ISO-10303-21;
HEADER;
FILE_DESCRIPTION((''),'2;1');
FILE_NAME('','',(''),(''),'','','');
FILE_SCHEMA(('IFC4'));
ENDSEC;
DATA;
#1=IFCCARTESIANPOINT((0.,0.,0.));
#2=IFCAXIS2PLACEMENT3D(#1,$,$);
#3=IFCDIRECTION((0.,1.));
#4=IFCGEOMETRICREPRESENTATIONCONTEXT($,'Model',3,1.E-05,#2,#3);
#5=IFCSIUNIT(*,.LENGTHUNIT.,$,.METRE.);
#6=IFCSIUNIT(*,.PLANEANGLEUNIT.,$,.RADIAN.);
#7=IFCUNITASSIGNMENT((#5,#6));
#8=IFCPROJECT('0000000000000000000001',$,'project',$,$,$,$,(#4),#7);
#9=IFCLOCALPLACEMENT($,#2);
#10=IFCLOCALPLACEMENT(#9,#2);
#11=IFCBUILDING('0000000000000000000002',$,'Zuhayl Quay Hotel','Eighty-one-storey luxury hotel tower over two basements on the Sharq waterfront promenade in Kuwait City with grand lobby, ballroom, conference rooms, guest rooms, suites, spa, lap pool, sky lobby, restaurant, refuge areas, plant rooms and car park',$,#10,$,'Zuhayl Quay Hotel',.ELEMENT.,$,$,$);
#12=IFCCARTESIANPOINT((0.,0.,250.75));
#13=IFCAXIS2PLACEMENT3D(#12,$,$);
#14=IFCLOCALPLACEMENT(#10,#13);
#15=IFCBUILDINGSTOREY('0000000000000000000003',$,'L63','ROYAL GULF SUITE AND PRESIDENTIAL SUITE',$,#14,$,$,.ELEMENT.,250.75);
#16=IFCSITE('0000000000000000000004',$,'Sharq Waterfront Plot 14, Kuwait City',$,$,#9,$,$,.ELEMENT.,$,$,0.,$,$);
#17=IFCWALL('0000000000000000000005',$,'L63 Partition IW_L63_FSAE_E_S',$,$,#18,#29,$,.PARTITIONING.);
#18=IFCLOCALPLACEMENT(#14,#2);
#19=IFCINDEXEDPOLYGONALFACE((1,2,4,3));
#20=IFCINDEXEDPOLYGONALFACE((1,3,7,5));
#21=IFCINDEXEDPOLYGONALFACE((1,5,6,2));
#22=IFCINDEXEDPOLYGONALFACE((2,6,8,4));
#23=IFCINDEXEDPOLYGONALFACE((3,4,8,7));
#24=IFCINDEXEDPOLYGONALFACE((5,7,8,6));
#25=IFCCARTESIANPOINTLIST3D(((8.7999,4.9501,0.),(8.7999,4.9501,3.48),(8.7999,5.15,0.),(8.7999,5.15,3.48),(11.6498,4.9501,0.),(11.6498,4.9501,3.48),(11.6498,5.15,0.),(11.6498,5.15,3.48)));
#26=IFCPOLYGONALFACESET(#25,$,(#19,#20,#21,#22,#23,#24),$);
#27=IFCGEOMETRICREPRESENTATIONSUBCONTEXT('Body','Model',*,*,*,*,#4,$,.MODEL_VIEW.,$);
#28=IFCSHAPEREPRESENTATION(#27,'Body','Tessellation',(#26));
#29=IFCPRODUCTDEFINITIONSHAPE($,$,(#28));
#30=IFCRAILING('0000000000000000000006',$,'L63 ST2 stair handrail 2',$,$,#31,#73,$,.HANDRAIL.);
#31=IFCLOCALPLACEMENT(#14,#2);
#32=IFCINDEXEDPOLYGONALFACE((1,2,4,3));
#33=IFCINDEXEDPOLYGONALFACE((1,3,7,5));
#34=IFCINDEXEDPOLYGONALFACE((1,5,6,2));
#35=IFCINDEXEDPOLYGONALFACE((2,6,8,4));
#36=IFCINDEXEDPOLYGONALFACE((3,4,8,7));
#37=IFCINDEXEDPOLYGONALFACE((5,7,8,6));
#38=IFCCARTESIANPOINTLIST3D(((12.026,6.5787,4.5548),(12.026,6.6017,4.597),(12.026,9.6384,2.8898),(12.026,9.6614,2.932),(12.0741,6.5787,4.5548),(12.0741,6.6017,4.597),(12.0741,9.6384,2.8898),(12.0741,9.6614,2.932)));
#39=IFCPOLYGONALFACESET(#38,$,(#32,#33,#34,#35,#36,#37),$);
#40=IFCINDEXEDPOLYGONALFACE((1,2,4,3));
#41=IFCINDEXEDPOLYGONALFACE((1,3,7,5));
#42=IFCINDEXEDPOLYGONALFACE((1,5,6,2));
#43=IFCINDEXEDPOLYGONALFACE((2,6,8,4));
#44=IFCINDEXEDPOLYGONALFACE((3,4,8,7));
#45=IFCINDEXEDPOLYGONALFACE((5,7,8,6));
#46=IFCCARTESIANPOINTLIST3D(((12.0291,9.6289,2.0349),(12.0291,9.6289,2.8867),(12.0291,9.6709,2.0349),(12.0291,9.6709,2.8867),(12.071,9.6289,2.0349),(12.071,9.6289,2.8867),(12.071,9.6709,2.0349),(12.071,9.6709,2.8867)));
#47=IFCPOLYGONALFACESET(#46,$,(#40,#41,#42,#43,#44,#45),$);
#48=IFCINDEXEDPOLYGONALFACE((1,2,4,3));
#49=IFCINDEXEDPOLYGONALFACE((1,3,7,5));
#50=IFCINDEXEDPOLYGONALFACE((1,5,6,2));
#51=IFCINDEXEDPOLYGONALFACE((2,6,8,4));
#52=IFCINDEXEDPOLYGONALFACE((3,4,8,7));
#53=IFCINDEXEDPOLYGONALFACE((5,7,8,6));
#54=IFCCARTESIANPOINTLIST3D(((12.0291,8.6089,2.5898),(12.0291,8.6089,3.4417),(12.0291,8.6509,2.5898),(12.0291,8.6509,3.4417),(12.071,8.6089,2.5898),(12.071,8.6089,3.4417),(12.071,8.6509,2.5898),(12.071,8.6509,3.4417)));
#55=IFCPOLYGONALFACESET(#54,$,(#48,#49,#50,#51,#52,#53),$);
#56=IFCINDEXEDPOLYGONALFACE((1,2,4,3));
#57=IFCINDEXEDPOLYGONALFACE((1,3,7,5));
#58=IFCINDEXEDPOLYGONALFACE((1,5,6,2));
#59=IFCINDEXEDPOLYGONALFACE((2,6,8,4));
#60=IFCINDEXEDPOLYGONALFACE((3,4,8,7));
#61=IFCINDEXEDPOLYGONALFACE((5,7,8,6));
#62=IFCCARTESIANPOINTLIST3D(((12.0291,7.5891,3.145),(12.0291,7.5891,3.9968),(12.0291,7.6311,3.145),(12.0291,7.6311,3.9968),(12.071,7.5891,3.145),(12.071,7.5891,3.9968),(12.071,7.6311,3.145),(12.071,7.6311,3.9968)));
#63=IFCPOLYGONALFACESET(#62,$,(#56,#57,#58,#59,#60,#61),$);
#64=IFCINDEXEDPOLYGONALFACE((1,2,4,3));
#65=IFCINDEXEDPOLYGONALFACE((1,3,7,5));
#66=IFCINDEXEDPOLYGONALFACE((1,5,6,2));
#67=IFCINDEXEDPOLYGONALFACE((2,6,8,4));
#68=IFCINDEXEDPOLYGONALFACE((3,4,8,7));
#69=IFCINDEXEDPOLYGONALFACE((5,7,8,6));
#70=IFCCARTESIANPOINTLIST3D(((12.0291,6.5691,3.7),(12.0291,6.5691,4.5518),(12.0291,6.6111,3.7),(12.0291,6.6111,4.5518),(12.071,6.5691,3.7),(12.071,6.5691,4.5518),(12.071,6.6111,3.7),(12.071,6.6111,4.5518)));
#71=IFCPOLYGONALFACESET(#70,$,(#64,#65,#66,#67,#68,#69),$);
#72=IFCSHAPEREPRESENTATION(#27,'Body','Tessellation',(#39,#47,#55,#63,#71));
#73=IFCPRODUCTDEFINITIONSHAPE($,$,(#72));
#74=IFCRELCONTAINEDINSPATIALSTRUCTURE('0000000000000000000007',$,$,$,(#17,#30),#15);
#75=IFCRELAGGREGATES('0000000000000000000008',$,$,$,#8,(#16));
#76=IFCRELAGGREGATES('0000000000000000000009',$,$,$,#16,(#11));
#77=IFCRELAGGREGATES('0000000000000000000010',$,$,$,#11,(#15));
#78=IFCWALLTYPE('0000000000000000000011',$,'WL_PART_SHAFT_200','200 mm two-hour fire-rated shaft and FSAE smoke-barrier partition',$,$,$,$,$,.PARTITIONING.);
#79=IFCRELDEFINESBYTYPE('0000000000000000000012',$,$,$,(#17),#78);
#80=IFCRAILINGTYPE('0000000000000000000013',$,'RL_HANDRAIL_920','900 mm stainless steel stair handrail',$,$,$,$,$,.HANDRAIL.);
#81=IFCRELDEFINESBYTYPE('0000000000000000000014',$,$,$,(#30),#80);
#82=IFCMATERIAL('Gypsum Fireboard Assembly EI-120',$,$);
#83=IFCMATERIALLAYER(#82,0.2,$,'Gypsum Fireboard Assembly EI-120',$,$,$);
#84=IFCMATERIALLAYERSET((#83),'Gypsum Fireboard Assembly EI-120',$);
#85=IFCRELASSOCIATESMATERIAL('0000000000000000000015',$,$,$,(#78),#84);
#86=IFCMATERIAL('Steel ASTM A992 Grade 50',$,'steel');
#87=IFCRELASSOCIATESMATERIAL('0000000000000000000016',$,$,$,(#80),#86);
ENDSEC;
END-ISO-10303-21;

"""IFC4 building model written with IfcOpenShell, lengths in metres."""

from ifc_helpers import new_model, si_unit, direction, frame, frame_2d, origin, origin_2d, place, context, subcontext, project, spatial, rectangle, extrude, material, layer, layer_set, type_object, element, save


model = new_model("IFC4")

# Units and contexts
model_context = context("Model", 3, precision=1e-05, world=origin(), true_north=direction((0.0, 1.0)))
body_context = subcontext(model_context, "Body", "Model", "MODEL_VIEW")
ifc_project = project(units=[si_unit("LENGTHUNIT", "METRE"), si_unit("PLANEANGLEUNIT", "RADIAN")], contexts=[model_context])

# Site, building, storey
site_placement = place(None, origin())
site = spatial("IfcSite", under=ifc_project, at=site_placement, Name="Sharq Waterfront Plot 14, Kuwait City", CompositionType="ELEMENT", RefElevation=0.0)
building_placement = place(site_placement, origin())
building = spatial("IfcBuilding", under=site, at=building_placement, Name="Zuhayl Quay Hotel", Description="Eighty-one-storey luxury hotel tower over two basements on the Sharq waterfront promenade in Kuwait City with grand lobby, ballroom, conference rooms, guest rooms, suites, spa, lap pool, sky lobby, restaurant, refuge areas, plant rooms and car park", LongName="Zuhayl Quay Hotel", CompositionType="ELEMENT")
storey_placement = place(building_placement, frame((0.0, 0.0, 250.75)))
storey = spatial("IfcBuildingStorey", under=building, at=storey_placement, Name="L63", Description="ROYAL GULF SUITE AND PRESIDENTIAL SUITE", CompositionType="ELEMENT", Elevation=250.75)

# Shared definitions
ifc_material_1 = material(Name="Gypsum Fireboard Assembly EI-120")
ifc_layer_1 = layer(ifc_material_1, 0.2, Name="Gypsum Fireboard Assembly EI-120")
ifc_layer_set_1 = layer_set([ifc_layer_1], Name="Gypsum Fireboard Assembly EI-120")
wall_type_1 = type_object("IfcWallType", Name="WL_PART_SHAFT_200", Description="200 mm two-hour fire-rated shaft and FSAE smoke-barrier partition", PredefinedType="PARTITIONING", material=ifc_layer_set_1)
ifc_material_2 = material(Name="Steel ASTM A992 Grade 50", Category="steel")

# Wall
wall_1_placement = place(storey_placement, frame((8.8, 5.05, 0.0), z_axis=(0.0, 0.0, 1.0), x_axis=(1.0, 0.0, 0.0)))
element("IfcWall", 1, at=wall_1_placement, inside=storey, type_object=wall_type_1, Name="L63 Partition IW_L63_FSAE_E_S", PredefinedType="PARTITIONING", context=body_context, shape_type="SweptSolid", body=[
    extrude(rectangle(XDim=2.8499, YDim=0.2, at=frame_2d((1.4248, 0.0))), origin(), (0.0, 0.0, 1.0), 3.48),
])

# Railing
railing_type = type_object("IfcRailingType", Name="RL_HANDRAIL_920", Description="900 mm stainless steel stair handrail", PredefinedType="HANDRAIL", material=ifc_material_2)
railing_placement = place(storey_placement, frame((12.05, 9.6499, 2.0349)))
element("IfcRailing", 2, at=railing_placement, inside=storey, type_object=railing_type, Name="L63 ST2 stair handrail 2", PredefinedType="HANDRAIL", context=body_context, shape_type="SweptSolid", body=[
    extrude(rectangle(XDim=0.0481, YDim=0.0481, at=origin_2d()), frame((0.0, 0.0, 0.876), z_axis=(0.0, -0.878372, 0.477978), x_axis=(1.0, 0.0, 0.0)), (0.0, 0.0, 1.0), 3.4834),
    extrude(rectangle(XDim=0.042, YDim=0.042, at=origin_2d()), origin(), (0.0, 0.0, 1.0), 0.8518),
    extrude(rectangle(XDim=0.042, YDim=0.042, at=origin_2d()), frame((0.0, -1.02, 0.5549)), (0.0, 0.0, 1.0), 0.8518),
    extrude(rectangle(XDim=0.042, YDim=0.042, at=origin_2d()), frame((0.0, -2.0398, 1.1101)), (0.0, 0.0, 1.0), 0.8518),
    extrude(rectangle(XDim=0.042, YDim=0.042, at=origin_2d()), frame((0.0, -3.0598, 1.665)), (0.0, 0.0, 1.0), 0.8518),
])

save(model, "model.ifc")
